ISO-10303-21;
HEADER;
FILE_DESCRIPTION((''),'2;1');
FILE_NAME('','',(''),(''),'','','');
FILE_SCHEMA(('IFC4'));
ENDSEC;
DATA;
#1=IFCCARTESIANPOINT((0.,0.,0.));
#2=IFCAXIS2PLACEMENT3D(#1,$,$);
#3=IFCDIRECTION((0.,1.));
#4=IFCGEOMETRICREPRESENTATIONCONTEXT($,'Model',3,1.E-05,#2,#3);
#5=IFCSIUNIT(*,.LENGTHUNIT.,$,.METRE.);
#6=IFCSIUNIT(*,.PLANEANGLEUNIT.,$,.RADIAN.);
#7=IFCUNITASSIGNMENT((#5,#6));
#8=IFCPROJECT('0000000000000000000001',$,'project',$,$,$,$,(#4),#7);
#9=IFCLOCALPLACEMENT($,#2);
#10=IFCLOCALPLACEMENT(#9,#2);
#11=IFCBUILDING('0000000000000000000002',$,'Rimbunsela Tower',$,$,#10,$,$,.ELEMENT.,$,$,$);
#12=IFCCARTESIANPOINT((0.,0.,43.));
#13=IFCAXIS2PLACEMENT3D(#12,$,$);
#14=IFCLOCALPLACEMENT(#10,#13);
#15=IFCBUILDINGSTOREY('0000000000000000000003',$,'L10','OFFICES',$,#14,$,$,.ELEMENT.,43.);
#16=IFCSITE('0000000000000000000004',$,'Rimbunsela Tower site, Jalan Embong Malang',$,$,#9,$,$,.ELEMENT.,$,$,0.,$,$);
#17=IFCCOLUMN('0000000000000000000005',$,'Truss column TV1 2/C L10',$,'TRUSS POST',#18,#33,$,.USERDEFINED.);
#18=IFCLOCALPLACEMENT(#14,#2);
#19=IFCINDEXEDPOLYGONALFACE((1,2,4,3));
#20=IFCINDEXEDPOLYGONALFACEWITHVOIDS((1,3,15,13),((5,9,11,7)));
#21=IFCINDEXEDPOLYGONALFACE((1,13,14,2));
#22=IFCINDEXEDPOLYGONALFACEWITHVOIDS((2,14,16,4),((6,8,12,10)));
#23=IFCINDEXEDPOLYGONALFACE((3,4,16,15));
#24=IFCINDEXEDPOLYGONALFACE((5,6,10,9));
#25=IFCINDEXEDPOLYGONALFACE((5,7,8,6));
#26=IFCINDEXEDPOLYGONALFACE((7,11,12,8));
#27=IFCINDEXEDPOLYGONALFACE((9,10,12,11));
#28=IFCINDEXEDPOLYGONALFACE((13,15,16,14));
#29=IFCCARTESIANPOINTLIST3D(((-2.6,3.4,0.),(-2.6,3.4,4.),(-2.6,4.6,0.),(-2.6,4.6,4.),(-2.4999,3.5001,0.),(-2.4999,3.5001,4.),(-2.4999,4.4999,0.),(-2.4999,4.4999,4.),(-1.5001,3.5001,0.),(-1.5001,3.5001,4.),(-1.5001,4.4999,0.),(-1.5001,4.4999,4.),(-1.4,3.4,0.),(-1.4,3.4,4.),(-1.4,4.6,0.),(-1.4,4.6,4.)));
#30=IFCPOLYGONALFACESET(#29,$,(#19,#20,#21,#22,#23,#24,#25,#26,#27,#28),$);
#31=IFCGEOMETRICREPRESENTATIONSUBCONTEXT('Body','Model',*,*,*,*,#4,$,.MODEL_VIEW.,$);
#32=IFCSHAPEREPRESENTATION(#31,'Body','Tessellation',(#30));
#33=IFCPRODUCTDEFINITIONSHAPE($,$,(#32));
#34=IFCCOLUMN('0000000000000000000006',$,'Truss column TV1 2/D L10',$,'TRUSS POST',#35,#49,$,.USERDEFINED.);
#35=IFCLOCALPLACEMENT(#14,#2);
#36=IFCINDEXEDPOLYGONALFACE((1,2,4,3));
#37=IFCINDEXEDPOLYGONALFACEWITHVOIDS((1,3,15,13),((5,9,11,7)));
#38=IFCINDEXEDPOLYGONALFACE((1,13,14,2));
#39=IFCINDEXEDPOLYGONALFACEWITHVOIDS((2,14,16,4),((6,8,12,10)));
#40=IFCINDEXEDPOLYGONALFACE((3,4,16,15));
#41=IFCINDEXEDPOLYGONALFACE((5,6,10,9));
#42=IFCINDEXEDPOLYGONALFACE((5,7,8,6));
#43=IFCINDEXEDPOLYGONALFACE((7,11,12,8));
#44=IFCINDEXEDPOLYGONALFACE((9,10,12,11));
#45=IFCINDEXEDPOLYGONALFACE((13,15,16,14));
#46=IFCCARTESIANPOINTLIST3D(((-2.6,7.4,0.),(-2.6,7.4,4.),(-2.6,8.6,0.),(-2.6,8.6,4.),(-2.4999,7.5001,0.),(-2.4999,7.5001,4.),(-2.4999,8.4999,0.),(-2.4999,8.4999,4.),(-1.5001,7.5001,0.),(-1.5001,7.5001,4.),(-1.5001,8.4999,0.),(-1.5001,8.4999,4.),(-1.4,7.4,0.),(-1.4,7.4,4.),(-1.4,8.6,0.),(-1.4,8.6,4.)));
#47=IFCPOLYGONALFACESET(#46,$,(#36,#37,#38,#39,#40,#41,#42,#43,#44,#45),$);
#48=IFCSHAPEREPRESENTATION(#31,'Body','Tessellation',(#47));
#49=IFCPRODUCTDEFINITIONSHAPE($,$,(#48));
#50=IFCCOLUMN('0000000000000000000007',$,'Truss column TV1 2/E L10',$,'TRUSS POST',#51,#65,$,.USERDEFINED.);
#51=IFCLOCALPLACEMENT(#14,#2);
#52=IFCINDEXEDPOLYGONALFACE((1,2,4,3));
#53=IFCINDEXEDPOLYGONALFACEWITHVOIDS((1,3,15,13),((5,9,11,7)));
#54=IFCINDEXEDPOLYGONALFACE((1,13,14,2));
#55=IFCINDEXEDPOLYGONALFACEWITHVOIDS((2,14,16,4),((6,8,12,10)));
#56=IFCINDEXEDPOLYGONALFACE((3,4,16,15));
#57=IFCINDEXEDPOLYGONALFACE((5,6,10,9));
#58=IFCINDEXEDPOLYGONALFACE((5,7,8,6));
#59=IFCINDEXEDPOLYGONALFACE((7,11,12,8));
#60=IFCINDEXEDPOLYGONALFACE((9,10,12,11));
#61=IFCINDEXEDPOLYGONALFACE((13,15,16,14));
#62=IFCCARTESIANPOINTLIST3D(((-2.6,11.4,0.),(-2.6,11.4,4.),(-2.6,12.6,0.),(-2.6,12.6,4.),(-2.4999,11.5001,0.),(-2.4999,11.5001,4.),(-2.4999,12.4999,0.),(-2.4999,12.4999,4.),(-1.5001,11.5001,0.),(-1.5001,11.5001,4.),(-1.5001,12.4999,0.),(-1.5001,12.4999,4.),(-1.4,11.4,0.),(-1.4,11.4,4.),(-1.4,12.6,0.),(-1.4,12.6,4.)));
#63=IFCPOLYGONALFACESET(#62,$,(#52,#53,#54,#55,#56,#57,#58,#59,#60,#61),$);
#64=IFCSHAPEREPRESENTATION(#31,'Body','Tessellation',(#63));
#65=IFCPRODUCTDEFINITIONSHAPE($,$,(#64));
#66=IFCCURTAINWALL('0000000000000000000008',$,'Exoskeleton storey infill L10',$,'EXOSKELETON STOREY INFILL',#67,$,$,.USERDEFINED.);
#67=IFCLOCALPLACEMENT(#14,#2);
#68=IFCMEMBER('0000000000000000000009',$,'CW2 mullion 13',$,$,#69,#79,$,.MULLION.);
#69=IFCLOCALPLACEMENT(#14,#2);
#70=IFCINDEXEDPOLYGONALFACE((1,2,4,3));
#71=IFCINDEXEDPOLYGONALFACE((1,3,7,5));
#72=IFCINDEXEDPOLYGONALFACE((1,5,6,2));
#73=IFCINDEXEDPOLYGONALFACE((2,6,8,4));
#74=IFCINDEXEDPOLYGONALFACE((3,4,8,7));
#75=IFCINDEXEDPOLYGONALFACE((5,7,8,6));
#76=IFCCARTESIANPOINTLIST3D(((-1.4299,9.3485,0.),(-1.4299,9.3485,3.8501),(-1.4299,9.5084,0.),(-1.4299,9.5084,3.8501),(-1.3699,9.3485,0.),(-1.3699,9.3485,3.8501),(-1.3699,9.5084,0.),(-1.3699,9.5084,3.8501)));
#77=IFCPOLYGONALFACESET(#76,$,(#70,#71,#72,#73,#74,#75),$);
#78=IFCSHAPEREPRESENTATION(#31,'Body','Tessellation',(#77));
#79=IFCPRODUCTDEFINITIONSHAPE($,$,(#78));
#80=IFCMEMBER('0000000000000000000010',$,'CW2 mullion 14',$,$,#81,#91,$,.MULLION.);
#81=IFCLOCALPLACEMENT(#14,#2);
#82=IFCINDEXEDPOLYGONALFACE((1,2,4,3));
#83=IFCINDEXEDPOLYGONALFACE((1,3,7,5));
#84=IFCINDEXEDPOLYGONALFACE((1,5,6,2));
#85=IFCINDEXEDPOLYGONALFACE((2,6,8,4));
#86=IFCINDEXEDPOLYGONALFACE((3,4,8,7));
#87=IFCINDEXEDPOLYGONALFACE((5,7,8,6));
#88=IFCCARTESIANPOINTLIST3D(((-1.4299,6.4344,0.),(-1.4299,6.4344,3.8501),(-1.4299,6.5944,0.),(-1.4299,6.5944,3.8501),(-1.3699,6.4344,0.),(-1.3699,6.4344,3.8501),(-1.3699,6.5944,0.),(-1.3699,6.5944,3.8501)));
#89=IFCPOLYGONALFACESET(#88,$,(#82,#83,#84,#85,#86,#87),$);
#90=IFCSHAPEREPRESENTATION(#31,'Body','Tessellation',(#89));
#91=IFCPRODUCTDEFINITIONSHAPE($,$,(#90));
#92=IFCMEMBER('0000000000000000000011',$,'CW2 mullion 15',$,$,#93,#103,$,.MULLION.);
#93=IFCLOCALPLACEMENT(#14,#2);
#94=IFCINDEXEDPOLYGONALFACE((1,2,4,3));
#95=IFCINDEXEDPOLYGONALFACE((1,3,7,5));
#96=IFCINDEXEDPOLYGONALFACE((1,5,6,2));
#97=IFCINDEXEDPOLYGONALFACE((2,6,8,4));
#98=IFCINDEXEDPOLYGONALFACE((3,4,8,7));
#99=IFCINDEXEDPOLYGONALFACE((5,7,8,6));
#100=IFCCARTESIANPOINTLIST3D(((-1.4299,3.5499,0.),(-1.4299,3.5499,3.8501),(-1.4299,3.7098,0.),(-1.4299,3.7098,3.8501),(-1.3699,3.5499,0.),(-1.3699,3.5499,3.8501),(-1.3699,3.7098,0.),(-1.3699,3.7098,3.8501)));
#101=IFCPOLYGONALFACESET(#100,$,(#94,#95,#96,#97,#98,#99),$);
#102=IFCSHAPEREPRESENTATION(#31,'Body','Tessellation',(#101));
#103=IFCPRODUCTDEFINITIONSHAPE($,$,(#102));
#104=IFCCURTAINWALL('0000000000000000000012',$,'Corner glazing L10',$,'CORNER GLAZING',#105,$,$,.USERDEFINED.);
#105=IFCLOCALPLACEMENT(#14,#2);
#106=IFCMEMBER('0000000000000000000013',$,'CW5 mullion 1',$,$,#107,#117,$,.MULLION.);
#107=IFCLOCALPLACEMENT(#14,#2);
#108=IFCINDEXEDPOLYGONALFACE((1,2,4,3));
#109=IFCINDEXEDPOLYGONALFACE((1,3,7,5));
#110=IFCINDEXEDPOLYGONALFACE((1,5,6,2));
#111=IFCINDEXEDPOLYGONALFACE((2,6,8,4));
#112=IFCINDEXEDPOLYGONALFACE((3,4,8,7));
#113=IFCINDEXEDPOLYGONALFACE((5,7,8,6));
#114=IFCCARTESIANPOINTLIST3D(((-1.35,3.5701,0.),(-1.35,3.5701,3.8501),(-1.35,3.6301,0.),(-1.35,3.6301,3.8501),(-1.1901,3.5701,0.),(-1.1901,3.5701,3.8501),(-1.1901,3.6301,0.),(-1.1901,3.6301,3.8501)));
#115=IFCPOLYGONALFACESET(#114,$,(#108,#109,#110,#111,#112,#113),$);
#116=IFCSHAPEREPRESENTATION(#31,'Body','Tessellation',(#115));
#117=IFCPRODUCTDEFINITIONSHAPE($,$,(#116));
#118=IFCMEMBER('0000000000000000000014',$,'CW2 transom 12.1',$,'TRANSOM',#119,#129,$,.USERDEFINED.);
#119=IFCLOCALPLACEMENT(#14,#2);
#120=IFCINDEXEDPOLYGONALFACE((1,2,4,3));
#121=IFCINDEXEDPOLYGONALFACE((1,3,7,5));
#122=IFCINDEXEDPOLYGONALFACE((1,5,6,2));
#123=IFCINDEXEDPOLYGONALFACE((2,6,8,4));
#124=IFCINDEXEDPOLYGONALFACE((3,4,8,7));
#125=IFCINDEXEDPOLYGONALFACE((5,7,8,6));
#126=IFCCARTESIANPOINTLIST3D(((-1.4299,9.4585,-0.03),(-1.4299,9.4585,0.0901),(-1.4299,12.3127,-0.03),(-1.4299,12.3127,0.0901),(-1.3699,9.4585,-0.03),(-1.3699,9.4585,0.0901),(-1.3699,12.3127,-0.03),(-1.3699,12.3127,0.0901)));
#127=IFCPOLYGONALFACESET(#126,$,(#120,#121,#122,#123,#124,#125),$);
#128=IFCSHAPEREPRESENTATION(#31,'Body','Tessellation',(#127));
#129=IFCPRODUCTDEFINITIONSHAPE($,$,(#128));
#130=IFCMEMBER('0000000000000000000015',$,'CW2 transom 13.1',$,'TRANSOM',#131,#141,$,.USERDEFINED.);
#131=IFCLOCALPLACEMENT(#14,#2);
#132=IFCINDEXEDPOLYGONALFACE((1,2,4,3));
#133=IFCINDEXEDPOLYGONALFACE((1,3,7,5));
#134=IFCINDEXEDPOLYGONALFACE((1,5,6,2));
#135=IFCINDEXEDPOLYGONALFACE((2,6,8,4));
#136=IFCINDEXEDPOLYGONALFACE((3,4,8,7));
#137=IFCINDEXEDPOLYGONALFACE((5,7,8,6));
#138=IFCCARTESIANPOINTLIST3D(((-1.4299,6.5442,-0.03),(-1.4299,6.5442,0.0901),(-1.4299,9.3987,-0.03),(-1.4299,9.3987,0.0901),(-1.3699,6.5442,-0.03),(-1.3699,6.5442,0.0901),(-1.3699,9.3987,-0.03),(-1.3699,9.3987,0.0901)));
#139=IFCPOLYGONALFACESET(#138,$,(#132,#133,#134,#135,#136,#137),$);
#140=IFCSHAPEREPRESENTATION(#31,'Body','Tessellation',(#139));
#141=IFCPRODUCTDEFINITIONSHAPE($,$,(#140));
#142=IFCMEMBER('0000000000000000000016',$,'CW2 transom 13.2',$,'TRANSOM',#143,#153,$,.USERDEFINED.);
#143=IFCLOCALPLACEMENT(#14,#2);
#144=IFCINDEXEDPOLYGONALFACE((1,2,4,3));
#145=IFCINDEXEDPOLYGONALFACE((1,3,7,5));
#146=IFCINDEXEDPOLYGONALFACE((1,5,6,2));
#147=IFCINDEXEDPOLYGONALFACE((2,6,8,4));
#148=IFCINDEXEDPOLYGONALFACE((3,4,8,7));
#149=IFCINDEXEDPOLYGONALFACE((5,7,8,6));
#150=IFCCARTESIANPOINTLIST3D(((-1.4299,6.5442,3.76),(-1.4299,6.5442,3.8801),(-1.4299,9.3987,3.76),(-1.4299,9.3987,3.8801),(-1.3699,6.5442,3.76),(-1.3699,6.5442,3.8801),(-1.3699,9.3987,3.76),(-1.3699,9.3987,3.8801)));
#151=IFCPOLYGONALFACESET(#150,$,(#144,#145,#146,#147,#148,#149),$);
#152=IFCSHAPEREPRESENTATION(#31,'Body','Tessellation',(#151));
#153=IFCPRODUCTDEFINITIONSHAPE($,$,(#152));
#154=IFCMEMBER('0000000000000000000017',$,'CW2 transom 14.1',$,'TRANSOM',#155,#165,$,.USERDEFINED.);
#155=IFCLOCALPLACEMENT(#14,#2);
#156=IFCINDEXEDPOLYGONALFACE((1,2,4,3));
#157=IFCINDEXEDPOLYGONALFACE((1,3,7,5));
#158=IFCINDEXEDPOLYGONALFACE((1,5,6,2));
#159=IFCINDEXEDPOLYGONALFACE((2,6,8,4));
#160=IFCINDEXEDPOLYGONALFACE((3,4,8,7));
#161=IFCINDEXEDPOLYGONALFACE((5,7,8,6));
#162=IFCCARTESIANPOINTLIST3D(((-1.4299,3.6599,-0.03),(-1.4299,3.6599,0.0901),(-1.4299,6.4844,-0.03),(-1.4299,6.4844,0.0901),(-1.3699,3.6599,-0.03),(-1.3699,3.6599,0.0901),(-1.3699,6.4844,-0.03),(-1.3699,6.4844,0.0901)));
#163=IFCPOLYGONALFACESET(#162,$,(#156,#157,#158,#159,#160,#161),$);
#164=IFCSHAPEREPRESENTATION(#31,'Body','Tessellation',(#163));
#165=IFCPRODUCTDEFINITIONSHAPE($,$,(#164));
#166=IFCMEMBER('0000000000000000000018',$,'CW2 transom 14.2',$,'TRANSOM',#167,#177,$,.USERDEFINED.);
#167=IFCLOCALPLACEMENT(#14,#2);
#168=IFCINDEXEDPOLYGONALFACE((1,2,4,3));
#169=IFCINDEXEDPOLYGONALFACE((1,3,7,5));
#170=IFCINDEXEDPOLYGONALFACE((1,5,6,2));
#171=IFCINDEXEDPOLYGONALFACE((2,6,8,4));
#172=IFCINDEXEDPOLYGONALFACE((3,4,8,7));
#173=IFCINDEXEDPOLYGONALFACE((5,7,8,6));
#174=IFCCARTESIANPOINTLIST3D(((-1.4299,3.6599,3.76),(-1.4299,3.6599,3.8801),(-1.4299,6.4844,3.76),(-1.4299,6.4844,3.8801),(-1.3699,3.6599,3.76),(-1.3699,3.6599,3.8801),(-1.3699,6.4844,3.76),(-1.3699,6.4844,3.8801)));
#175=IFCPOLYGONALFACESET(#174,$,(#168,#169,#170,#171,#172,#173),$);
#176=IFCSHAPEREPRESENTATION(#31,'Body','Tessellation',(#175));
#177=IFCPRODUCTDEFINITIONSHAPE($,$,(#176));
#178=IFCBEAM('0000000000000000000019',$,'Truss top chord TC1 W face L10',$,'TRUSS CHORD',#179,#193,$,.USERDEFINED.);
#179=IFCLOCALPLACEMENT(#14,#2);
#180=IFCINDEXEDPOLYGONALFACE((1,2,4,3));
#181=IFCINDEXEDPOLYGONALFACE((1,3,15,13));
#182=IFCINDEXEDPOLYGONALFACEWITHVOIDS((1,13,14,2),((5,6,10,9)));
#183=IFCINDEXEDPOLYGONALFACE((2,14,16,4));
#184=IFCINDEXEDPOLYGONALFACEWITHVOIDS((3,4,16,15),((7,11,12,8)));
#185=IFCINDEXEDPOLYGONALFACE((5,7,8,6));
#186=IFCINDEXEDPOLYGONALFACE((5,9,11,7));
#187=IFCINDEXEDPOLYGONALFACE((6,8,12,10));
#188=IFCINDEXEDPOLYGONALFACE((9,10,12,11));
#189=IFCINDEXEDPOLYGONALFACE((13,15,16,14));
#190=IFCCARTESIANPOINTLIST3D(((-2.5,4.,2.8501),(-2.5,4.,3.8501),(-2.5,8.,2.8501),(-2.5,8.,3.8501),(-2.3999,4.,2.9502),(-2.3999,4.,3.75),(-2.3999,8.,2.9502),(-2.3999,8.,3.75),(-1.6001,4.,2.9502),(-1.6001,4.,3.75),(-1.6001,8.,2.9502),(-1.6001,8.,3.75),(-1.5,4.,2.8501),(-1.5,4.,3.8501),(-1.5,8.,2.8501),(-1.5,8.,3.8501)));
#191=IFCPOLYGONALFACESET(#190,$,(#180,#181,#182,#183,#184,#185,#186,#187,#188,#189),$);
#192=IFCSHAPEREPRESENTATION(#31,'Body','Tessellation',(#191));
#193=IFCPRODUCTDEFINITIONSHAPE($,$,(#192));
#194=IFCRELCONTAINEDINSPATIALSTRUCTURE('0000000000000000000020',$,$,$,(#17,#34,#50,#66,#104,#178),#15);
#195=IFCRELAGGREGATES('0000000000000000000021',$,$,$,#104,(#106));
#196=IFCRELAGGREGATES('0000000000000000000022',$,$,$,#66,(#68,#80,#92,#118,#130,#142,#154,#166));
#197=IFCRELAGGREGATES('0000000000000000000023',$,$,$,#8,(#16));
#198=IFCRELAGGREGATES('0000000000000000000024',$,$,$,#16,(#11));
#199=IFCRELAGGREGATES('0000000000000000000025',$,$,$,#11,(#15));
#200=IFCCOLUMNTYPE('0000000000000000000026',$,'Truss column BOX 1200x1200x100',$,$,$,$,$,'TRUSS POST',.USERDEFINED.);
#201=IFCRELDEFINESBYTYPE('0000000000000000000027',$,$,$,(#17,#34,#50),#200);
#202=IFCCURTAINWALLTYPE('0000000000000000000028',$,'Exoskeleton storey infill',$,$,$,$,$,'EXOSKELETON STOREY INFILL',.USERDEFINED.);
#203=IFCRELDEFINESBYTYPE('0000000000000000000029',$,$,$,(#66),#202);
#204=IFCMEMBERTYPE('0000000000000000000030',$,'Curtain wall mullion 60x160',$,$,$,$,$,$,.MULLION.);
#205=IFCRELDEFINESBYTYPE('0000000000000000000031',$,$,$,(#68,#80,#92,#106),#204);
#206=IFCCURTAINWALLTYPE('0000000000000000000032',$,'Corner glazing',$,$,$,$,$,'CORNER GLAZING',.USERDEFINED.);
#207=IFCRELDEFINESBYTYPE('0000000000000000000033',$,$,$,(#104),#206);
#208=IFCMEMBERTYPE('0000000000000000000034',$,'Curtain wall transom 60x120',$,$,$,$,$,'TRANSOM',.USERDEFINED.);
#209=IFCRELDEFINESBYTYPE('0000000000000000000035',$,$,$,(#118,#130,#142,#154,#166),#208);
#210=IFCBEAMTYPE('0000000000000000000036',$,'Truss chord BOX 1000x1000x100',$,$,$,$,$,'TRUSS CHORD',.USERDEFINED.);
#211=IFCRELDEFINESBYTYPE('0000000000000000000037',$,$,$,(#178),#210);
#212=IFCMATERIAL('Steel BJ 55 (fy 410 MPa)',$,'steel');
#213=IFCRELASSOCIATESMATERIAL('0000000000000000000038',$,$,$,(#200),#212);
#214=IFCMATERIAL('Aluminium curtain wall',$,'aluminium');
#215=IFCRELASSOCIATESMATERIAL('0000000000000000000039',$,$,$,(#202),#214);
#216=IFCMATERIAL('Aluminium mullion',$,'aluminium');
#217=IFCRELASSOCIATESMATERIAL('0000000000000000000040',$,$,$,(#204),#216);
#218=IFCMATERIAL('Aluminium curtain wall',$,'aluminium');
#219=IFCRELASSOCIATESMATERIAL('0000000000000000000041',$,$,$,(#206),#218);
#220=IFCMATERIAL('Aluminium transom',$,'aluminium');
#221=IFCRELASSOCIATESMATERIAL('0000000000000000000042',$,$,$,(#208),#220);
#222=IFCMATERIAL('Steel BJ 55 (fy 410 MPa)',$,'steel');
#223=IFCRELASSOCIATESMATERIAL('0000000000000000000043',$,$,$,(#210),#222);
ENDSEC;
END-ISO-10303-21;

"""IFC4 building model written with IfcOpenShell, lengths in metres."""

from ifc_helpers import new_model, si_unit, direction, frame, origin, origin_2d, place, context, subcontext, project, spatial, rectangle, hollow_rectangle, extrude, material, material_profile, profile_set, type_object, element, aggregate, save


model = new_model("IFC4")

# Units and contexts
model_context = context("Model", 3, precision=1e-05, world=origin(), true_north=direction((0.0, 1.0)))
body_context = subcontext(model_context, "Body", "Model", "MODEL_VIEW")
ifc_project = project(units=[si_unit("LENGTHUNIT", "METRE"), si_unit("PLANEANGLEUNIT", "RADIAN")], contexts=[model_context])

# Site, building, storey
site_placement = place(None, origin())
site = spatial("IfcSite", under=ifc_project, at=site_placement, Name="Rimbunsela Tower site, Jalan Embong Malang", CompositionType="ELEMENT", RefElevation=0.0)
building_placement = place(site_placement, origin())
building = spatial("IfcBuilding", under=site, at=building_placement, Name="Rimbunsela Tower", CompositionType="ELEMENT")
storey_placement = place(building_placement, frame((0.0, 0.0, 43.0)))
storey = spatial("IfcBuildingStorey", under=building, at=storey_placement, Name="L10", Description="OFFICES", CompositionType="ELEMENT", Elevation=43.0)

# Columns
ifc_material_1 = material(Name="Steel BJ 55 (fy 410 MPa)", Category="steel")
ifc_material_profile_1 = material_profile(ifc_material_1, hollow_rectangle(XDim=1.2, YDim=1.2, WallThickness=0.1001, at=origin_2d()), Name="BOX 1200x1200x100")
ifc_profile_set_1 = profile_set([ifc_material_profile_1], Name="Steel BJ 55 (fy 410 MPa)")
column_type = type_object("IfcColumnType", Name="Truss column BOX 1200x1200x100", ElementType="TRUSS POST", PredefinedType="USERDEFINED", material=ifc_profile_set_1)
for number, where, z_axis, x_axis, name in (
    (1, (-2.0, 4.0, 0.0), (0.0, 0.0, 1.0), (1.0, 0.0, 0.0), "Truss column TV1 2/C L10"),
    (2, (-2.0, 8.0, 0.0), (0.0, 0.0, 1.0), (1.0, 0.0, 0.0), "Truss column TV1 2/D L10"),
    (3, (-2.0, 12.0, 0.0), (0.0, 0.0, 1.0), (1.0, 0.0, 0.0), "Truss column TV1 2/E L10"),
):
    element("IfcColumn", number, at=place(storey_placement, frame(where, z_axis=z_axis, x_axis=x_axis)), inside=storey, type_object=column_type, Name=name, ObjectType="TRUSS POST", PredefinedType="USERDEFINED", context=body_context, shape_type="SweptSolid", body=[
        extrude(hollow_rectangle(XDim=1.2, YDim=1.2, WallThickness=0.1001, at=origin_2d()), origin(), (0.0, 0.0, 1.0), 4.0),
    ])

# Curtain wall, members
ifc_material_2 = material(Name="Aluminium curtain wall", Category="aluminium")
curtain_wall_type_1 = type_object("IfcCurtainWallType", Name="Exoskeleton storey infill", ElementType="EXOSKELETON STOREY INFILL", PredefinedType="USERDEFINED", material=ifc_material_2)
curtain_wall_1_placement = place(storey_placement, origin())
curtain_wall_1 = element("IfcCurtainWall", 4, at=curtain_wall_1_placement, inside=storey, type_object=curtain_wall_type_1, Name="Exoskeleton storey infill L10", ObjectType="EXOSKELETON STOREY INFILL", PredefinedType="USERDEFINED")
ifc_material_3 = material(Name="Aluminium mullion", Category="aluminium")
ifc_material_profile_2 = material_profile(ifc_material_3, rectangle(XDim=0.0601, YDim=0.1599, at=origin_2d()), Name="Mullion 60x160")
ifc_profile_set_2 = profile_set([ifc_material_profile_2], Name="Aluminium mullion")
member_type_1 = type_object("IfcMemberType", Name="Curtain wall mullion 60x160", PredefinedType="MULLION", material=ifc_profile_set_2)
member_1_placement = place(storey_placement, frame((-1.3999, 9.4285, 0.0), z_axis=(0.0, 0.0, 1.0), x_axis=(1.0, 0.0, 0.0)))
member_1 = element("IfcMember", 5, at=member_1_placement, type_object=member_type_1, Name="CW2 mullion 13", PredefinedType="MULLION", context=body_context, shape_type="SweptSolid", body=[
    extrude(rectangle(XDim=0.0601, YDim=0.1599, at=origin_2d()), origin(), (0.0, 0.0, 1.0), 3.8501),
])
member_2_placement = place(storey_placement, frame((-1.3999, 6.5144, 0.0), z_axis=(0.0, 0.0, 1.0), x_axis=(1.0, 0.0, 0.0)))
member_2 = element("IfcMember", 6, at=member_2_placement, type_object=member_type_1, Name="CW2 mullion 14", PredefinedType="MULLION", context=body_context, shape_type="SweptSolid", body=[
    extrude(rectangle(XDim=0.0601, YDim=0.1599, at=origin_2d()), origin(), (0.0, 0.0, 1.0), 3.8501),
])
member_3_placement = place(storey_placement, frame((-1.3999, 3.6299, 0.0), z_axis=(0.0, 0.0, 1.0), x_axis=(1.0, 0.0, 0.0)))
member_3 = element("IfcMember", 7, at=member_3_placement, type_object=member_type_1, Name="CW2 mullion 15", PredefinedType="MULLION", context=body_context, shape_type="SweptSolid", body=[
    extrude(rectangle(XDim=0.0601, YDim=0.1599, at=origin_2d()), origin(), (0.0, 0.0, 1.0), 3.8501),
])

# Curtain wall, member
ifc_material_4 = material(Name="Aluminium curtain wall", Category="aluminium")
curtain_wall_type_2 = type_object("IfcCurtainWallType", Name="Corner glazing", ElementType="CORNER GLAZING", PredefinedType="USERDEFINED", material=ifc_material_4)
curtain_wall_2_placement = place(storey_placement, origin())
curtain_wall_2 = element("IfcCurtainWall", 8, at=curtain_wall_2_placement, inside=storey, type_object=curtain_wall_type_2, Name="Corner glazing L10", ObjectType="CORNER GLAZING", PredefinedType="USERDEFINED")
member_4_placement = place(storey_placement, frame((-1.27, 3.6001, 0.0), z_axis=(0.0, 0.0, 1.0), x_axis=(0.0, 1.0, 0.0)))
member_4 = element("IfcMember", 9, at=member_4_placement, type_object=member_type_1, Name="CW5 mullion 1", PredefinedType="MULLION", context=body_context, shape_type="SweptSolid", body=[
    extrude(rectangle(XDim=0.0601, YDim=0.1599, at=origin_2d()), origin(), (0.0, 0.0, 1.0), 3.8501),
])
aggregate(curtain_wall_2, [member_4])

# Members
ifc_material_5 = material(Name="Aluminium transom", Category="aluminium")
ifc_material_profile_3 = material_profile(ifc_material_5, rectangle(XDim=0.0601, YDim=0.1201, at=origin_2d()), Name="Transom 60x120")
ifc_profile_set_3 = profile_set([ifc_material_profile_3], Name="Aluminium transom")
member_type_2 = type_object("IfcMemberType", Name="Curtain wall transom 60x120", ElementType="TRANSOM", PredefinedType="USERDEFINED", material=ifc_profile_set_3)
member_5_placement = place(storey_placement, frame((-1.3999, 12.3127, 0.03), z_axis=(0.0, -1.0, 0.0), x_axis=(1.0, 0.0, 0.0)))
member_5 = element("IfcMember", 10, at=member_5_placement, type_object=member_type_2, Name="CW2 transom 12.1", ObjectType="TRANSOM", PredefinedType="USERDEFINED", context=body_context, shape_type="SweptSolid", body=[
    extrude(rectangle(XDim=0.0601, YDim=0.1201, at=origin_2d()), origin(), (0.0, 0.0, 1.0), 2.8542),
])
member_6_placement = place(storey_placement, frame((-1.3999, 9.3987, 0.03), z_axis=(0.0, -1.0, 0.0), x_axis=(1.0, 0.0, 0.0)))
member_6 = element("IfcMember", 11, at=member_6_placement, type_object=member_type_2, Name="CW2 transom 13.1", ObjectType="TRANSOM", PredefinedType="USERDEFINED", context=body_context, shape_type="SweptSolid", body=[
    extrude(rectangle(XDim=0.0601, YDim=0.1201, at=origin_2d()), origin(), (0.0, 0.0, 1.0), 2.8545),
])
member_7_placement = place(storey_placement, frame((-1.3999, 9.3987, 3.8201), z_axis=(0.0, -1.0, 0.0), x_axis=(1.0, 0.0, 0.0)))
member_7 = element("IfcMember", 12, at=member_7_placement, type_object=member_type_2, Name="CW2 transom 13.2", ObjectType="TRANSOM", PredefinedType="USERDEFINED", context=body_context, shape_type="SweptSolid", body=[
    extrude(rectangle(XDim=0.0601, YDim=0.1201, at=origin_2d()), origin(), (0.0, 0.0, 1.0), 2.8545),
])
member_8_placement = place(storey_placement, frame((-1.3999, 6.4844, 0.03), z_axis=(0.0, -1.0, 0.0), x_axis=(1.0, 0.0, 0.0)))
member_8 = element("IfcMember", 13, at=member_8_placement, type_object=member_type_2, Name="CW2 transom 14.1", ObjectType="TRANSOM", PredefinedType="USERDEFINED", context=body_context, shape_type="SweptSolid", body=[
    extrude(rectangle(XDim=0.0601, YDim=0.1201, at=origin_2d()), origin(), (0.0, 0.0, 1.0), 2.8245),
])
member_9_placement = place(storey_placement, frame((-1.3999, 6.4844, 3.8201), z_axis=(0.0, -1.0, 0.0), x_axis=(1.0, 0.0, 0.0)))
member_9 = element("IfcMember", 14, at=member_9_placement, type_object=member_type_2, Name="CW2 transom 14.2", ObjectType="TRANSOM", PredefinedType="USERDEFINED", context=body_context, shape_type="SweptSolid", body=[
    extrude(rectangle(XDim=0.0601, YDim=0.1201, at=origin_2d()), origin(), (0.0, 0.0, 1.0), 2.8245),
])

# Beam
ifc_material_6 = material(Name="Steel BJ 55 (fy 410 MPa)", Category="steel")
ifc_material_profile_4 = material_profile(ifc_material_6, hollow_rectangle(XDim=1.0, YDim=1.0, WallThickness=0.1001, at=origin_2d()), Name="BOX 1000x1000x100")
ifc_profile_set_4 = profile_set([ifc_material_profile_4], Name="Steel BJ 55 (fy 410 MPa)")
beam_type = type_object("IfcBeamType", Name="Truss chord BOX 1000x1000x100", ElementType="TRUSS CHORD", PredefinedType="USERDEFINED", material=ifc_profile_set_4)
for number, where, z_axis, x_axis, name in (
    (15, (-2.0, 4.0, 3.3501), (0.0, 1.0, 0.0), (-1.0, 0.0, 0.0), "Truss top chord TC1 W face L10"),
):
    element("IfcBeam", number, at=place(storey_placement, frame(where, z_axis=z_axis, x_axis=x_axis)), inside=storey, type_object=beam_type, Name=name, ObjectType="TRUSS CHORD", PredefinedType="USERDEFINED", context=body_context, shape_type="SweptSolid", body=[
        extrude(hollow_rectangle(XDim=1.0, YDim=1.0, WallThickness=0.1001, at=origin_2d()), origin(), (0.0, 0.0, 1.0), 4.0),
    ])

aggregate(curtain_wall_1, [member_1, member_2, member_3, member_5, member_6, member_7, member_8, member_9])

save(model, "model.ifc")
